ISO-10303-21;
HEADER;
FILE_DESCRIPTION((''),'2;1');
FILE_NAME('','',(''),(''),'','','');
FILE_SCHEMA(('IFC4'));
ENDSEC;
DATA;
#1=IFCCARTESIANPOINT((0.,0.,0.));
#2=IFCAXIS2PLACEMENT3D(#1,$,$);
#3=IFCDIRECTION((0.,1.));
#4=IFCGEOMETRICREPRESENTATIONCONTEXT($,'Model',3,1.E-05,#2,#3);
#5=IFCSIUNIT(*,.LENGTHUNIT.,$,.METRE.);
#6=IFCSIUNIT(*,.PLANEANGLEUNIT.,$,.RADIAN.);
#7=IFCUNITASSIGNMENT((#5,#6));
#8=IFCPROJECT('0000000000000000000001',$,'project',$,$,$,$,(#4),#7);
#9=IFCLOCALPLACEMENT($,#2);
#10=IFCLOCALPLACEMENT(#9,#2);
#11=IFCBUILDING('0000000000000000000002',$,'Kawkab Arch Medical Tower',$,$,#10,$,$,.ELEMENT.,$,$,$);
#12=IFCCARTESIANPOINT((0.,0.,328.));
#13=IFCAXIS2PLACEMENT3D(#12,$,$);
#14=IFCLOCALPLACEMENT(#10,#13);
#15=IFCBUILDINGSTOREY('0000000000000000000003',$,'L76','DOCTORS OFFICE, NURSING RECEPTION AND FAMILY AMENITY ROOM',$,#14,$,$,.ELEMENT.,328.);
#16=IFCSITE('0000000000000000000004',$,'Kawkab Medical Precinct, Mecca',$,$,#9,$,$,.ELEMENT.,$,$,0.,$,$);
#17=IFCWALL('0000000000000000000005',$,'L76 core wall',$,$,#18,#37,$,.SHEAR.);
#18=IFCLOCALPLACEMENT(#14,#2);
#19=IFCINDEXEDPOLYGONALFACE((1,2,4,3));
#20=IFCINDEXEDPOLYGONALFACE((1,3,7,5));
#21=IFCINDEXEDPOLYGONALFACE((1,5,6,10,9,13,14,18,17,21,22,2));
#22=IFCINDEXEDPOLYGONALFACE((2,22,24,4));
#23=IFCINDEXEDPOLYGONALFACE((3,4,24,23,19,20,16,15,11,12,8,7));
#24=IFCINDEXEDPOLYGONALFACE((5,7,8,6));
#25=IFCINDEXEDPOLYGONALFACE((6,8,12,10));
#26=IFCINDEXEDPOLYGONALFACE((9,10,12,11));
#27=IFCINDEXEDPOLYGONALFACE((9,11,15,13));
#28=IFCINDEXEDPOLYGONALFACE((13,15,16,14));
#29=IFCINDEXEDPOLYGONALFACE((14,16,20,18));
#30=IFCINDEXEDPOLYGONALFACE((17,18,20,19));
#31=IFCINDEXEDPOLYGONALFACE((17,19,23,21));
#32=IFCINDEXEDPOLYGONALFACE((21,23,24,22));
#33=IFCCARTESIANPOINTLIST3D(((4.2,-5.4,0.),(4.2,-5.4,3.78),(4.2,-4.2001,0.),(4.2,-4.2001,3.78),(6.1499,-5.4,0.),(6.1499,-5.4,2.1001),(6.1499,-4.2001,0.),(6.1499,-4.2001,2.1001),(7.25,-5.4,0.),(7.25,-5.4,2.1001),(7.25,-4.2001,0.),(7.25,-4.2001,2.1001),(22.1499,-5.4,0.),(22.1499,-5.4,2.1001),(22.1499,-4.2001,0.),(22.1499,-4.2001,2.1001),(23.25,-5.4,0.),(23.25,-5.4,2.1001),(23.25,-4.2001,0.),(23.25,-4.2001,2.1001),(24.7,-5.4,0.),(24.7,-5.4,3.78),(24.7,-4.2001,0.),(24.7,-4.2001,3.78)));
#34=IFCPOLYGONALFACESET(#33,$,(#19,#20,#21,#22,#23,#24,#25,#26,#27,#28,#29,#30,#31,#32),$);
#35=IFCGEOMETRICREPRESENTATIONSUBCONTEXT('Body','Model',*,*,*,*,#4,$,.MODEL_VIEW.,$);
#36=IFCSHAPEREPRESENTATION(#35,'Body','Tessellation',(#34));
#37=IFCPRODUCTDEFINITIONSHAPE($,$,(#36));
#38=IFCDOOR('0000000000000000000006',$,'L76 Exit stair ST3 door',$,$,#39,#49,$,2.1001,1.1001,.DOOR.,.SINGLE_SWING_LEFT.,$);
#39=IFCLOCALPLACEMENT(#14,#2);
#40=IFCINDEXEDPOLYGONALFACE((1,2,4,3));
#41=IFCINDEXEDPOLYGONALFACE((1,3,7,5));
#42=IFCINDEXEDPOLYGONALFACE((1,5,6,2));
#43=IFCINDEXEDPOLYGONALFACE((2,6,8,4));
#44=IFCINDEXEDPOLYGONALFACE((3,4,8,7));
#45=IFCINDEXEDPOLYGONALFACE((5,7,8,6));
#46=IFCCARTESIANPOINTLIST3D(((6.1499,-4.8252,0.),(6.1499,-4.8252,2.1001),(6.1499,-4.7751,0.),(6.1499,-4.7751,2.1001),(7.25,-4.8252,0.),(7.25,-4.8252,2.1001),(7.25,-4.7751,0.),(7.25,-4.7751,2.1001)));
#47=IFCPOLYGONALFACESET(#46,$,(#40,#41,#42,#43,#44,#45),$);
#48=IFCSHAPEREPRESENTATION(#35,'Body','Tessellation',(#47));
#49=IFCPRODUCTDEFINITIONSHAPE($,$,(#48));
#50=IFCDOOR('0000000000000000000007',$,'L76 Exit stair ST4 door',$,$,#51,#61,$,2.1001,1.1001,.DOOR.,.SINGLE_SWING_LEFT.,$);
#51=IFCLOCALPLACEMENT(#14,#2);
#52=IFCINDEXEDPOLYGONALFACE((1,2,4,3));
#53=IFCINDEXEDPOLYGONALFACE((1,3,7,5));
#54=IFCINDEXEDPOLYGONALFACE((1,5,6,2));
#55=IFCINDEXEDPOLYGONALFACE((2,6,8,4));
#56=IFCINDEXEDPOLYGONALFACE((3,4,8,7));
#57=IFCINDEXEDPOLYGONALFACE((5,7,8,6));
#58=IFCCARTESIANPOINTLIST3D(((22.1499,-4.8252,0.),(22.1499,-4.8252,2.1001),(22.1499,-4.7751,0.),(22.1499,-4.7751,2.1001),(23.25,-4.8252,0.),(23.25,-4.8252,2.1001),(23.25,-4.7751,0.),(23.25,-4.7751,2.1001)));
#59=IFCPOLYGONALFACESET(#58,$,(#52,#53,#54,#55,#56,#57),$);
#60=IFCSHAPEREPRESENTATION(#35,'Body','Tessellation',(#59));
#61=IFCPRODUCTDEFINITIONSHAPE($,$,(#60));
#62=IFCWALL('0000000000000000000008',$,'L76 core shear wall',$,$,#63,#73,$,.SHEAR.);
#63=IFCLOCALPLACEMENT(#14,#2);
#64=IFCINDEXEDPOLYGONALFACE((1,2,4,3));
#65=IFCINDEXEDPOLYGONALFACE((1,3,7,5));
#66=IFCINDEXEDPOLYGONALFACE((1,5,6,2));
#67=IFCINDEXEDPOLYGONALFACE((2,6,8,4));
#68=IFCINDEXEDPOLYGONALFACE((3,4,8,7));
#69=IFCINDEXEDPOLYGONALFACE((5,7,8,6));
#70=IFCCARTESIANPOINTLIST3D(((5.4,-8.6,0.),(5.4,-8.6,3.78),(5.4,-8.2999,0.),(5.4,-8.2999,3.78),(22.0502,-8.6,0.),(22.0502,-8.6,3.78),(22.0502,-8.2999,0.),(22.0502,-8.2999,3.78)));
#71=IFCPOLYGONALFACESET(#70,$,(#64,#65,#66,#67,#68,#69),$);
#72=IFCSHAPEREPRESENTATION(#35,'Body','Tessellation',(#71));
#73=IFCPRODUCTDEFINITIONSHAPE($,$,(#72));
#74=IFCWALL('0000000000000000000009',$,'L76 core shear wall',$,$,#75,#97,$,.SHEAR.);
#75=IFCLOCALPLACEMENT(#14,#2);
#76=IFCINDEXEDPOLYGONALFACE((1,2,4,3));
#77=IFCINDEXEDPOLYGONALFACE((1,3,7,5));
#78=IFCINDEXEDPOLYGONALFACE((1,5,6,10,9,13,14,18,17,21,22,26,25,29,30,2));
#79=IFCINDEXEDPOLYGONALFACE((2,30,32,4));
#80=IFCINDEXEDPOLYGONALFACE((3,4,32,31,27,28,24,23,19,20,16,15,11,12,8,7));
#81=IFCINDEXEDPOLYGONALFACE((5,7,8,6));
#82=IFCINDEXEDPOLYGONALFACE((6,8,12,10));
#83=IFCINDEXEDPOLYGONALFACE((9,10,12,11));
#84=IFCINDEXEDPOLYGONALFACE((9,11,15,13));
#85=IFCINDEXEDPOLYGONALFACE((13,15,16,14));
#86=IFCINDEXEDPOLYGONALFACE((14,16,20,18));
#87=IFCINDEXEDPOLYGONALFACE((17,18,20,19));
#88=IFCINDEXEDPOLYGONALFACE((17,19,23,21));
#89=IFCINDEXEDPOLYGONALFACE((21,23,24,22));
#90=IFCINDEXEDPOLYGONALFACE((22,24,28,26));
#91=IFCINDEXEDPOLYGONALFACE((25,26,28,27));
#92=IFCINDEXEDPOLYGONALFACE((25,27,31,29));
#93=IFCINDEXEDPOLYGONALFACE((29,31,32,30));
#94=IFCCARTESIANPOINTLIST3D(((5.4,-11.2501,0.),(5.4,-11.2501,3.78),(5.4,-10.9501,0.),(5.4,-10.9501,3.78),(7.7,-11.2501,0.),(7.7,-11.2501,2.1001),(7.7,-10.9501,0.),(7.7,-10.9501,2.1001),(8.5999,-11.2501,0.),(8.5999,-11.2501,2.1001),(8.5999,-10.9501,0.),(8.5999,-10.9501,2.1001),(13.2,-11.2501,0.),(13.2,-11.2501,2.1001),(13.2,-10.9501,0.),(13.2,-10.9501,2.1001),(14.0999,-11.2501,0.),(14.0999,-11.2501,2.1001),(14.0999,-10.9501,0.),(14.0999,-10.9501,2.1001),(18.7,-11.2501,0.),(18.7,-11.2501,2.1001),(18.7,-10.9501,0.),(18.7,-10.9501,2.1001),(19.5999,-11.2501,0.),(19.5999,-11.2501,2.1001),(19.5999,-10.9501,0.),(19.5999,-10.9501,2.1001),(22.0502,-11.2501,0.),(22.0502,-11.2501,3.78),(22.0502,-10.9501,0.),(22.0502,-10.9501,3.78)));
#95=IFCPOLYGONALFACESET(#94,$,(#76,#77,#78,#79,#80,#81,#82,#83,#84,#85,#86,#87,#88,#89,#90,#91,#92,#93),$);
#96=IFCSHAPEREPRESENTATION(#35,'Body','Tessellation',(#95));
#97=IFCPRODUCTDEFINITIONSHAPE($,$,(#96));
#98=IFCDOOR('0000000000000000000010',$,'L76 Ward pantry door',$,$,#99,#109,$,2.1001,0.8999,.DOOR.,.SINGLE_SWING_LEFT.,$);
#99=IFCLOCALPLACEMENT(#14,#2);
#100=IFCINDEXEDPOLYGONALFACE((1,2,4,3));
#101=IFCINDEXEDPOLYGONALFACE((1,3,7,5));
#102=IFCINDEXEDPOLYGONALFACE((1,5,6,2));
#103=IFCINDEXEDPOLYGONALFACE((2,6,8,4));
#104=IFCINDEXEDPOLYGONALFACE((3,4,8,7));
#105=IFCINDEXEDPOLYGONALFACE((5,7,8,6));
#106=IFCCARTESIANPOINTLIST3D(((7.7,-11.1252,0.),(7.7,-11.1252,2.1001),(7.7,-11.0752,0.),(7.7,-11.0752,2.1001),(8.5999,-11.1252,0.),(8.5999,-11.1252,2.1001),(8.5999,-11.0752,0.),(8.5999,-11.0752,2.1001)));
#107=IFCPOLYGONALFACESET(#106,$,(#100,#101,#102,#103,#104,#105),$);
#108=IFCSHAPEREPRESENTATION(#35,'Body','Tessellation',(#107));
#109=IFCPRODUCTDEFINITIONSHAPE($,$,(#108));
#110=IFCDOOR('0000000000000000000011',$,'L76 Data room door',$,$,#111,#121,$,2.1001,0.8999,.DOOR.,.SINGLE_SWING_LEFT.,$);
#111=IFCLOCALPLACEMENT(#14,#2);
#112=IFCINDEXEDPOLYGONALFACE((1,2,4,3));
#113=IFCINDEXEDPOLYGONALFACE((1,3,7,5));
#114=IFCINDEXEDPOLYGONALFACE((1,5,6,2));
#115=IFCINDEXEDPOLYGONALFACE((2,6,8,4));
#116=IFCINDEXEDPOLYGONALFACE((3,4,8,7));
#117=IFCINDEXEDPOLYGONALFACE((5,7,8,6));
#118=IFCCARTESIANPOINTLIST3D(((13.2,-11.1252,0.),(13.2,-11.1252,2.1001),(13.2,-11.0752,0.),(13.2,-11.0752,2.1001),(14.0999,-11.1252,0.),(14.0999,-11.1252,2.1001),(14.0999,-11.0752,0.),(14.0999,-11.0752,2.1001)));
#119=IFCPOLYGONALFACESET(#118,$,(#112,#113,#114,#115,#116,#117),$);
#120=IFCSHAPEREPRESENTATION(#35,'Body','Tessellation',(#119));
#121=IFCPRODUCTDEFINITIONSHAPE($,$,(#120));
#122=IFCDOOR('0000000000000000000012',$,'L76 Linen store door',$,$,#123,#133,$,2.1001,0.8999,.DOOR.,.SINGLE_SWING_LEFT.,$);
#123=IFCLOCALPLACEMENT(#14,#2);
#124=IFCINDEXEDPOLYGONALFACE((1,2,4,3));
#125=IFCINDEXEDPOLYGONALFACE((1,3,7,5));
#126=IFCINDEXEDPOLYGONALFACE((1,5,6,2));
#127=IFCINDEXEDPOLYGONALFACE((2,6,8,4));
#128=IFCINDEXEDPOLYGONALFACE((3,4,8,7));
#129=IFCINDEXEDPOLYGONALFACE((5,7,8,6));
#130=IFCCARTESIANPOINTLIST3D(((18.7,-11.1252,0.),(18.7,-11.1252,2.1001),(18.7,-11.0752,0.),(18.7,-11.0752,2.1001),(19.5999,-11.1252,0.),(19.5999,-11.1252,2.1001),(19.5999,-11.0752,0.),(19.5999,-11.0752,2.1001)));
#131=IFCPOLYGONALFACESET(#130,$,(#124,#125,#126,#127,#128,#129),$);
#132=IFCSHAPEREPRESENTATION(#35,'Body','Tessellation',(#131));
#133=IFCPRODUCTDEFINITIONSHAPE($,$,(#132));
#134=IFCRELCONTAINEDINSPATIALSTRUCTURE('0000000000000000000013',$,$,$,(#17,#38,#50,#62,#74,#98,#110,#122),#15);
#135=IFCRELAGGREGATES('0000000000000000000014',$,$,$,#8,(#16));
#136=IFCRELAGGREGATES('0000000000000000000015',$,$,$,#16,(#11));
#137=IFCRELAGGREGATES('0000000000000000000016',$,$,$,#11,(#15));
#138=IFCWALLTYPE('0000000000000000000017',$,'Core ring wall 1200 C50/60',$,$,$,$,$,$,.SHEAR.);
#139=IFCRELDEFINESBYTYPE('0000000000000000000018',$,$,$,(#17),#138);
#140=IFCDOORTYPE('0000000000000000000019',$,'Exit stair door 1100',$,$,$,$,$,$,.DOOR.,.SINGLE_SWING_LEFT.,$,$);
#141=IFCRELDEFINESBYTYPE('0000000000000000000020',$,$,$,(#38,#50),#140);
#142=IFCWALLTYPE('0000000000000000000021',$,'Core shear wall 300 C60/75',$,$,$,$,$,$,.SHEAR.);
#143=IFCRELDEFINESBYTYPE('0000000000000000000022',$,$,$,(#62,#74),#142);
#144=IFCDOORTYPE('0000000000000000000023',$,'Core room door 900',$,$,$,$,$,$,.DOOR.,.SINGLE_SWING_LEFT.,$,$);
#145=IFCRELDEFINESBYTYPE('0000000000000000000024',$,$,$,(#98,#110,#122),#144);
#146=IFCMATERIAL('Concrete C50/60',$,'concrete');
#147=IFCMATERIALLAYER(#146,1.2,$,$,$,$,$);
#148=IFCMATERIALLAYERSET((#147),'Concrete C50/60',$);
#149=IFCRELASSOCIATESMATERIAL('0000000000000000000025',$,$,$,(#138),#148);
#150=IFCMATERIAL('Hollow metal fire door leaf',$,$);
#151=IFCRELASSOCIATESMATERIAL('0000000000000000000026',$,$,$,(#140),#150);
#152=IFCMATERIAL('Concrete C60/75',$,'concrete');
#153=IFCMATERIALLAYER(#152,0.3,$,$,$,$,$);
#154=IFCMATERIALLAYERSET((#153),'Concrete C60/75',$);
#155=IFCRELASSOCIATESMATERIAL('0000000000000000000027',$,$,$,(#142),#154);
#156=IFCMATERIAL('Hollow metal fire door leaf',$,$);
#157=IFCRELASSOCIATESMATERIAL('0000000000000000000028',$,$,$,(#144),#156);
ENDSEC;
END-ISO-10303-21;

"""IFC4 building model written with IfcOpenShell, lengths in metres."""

from ifc_helpers import new_model, si_unit, direction, frame, frame_2d, origin, place, context, subcontext, project, spatial, rectangle, extrude, material, layer, layer_set, type_object, element, fill, save


model = new_model("IFC4")

# Units and contexts
model_context = context("Model", 3, precision=1e-05, world=origin(), true_north=direction((0.0, 1.0)))
body_context = subcontext(model_context, "Body", "Model", "MODEL_VIEW")
ifc_project = project(units=[si_unit("LENGTHUNIT", "METRE"), si_unit("PLANEANGLEUNIT", "RADIAN")], contexts=[model_context])

# Site, building, storey
site_placement = place(None, origin())
site = spatial("IfcSite", under=ifc_project, at=site_placement, Name="Kawkab Medical Precinct, Mecca", CompositionType="ELEMENT", RefElevation=0.0)
building_placement = place(site_placement, origin())
building = spatial("IfcBuilding", under=site, at=building_placement, Name="Kawkab Arch Medical Tower", CompositionType="ELEMENT")
storey_placement = place(building_placement, frame((0.0, 0.0, 328.0)))
storey = spatial("IfcBuildingStorey", under=building, at=storey_placement, Name="L76", Description="DOCTORS OFFICE, NURSING RECEPTION AND FAMILY AMENITY ROOM", CompositionType="ELEMENT", Elevation=328.0)

# Wall, openings, doors
ifc_material_1 = material(Name="Concrete C50/60", Category="concrete")
ifc_layer_1 = layer(ifc_material_1, 1.2)
ifc_layer_set_1 = layer_set([ifc_layer_1], Name="Concrete C50/60")
wall_type_1 = type_object("IfcWallType", Name="Core ring wall 1200 C50/60", PredefinedType="SHEAR", material=ifc_layer_set_1)
wall_1_placement = place(storey_placement, frame((4.2, -4.8, 0.0), z_axis=(0.0, 0.0, 1.0), x_axis=(1.0, 0.0, 0.0)))
wall_1 = element("IfcWall", 1, at=wall_1_placement, inside=storey, type_object=wall_type_1, Name="L76 core wall", PredefinedType="SHEAR", context=body_context, shape_type="SweptSolid", body=[
    extrude(rectangle(XDim=20.5, YDim=1.2, at=frame_2d((10.25, 0.0))), origin(), (0.0, 0.0, 1.0), 3.78),
])
opening_1_placement = place(wall_1_placement, frame((1.95, 0.0, 0.0)))
opening_1 = element("IfcOpeningElement", 2, at=opening_1_placement, cuts=wall_1, PredefinedType="OPENING", context=body_context, shape_type="SweptSolid", body=[
    extrude(rectangle(XDim=1.1001, YDim=2.1001, at=frame_2d((0.55, 1.05))), frame((0.0, 0.6099, 0.0), z_axis=(0.0, -1.0, 0.0), x_axis=(1.0, 0.0, 0.0)), (0.0, 0.0, 1.0), 1.22),
])
opening_2_placement = place(wall_1_placement, frame((17.95, 0.0, 0.0)))
opening_2 = element("IfcOpeningElement", 3, at=opening_2_placement, cuts=wall_1, PredefinedType="OPENING", context=body_context, shape_type="SweptSolid", body=[
    extrude(rectangle(XDim=1.1001, YDim=2.1001, at=frame_2d((0.55, 1.05))), frame((0.0, 0.6099, 0.0), z_axis=(0.0, -1.0, 0.0), x_axis=(1.0, 0.0, 0.0)), (0.0, 0.0, 1.0), 1.22),
])
ifc_material_2 = material(Name="Hollow metal fire door leaf")
door_type_1 = type_object("IfcDoorType", Name="Exit stair door 1100", OperationType="SINGLE_SWING_LEFT", PredefinedType="DOOR", material=ifc_material_2)
door_1_placement = place(opening_1_placement, origin())
door_1 = element("IfcDoor", 4, at=door_1_placement, inside=storey, type_object=door_type_1, Name="L76 Exit stair ST3 door", OperationType="SINGLE_SWING_LEFT", OverallHeight=2.1001, OverallWidth=1.1001, PredefinedType="DOOR", context=body_context, shape_type="SweptSolid", body=[
    extrude(rectangle(XDim=1.1001, YDim=2.1001, at=frame_2d((0.55, 1.05))), frame((0.0, 0.0249, 0.0), z_axis=(0.0, -1.0, 0.0), x_axis=(1.0, 0.0, 0.0)), (0.0, 0.0, 1.0), 0.05),
])
fill(opening_1, door_1)
door_2_placement = place(opening_2_placement, origin())
door_2 = element("IfcDoor", 5, at=door_2_placement, inside=storey, type_object=door_type_1, Name="L76 Exit stair ST4 door", OperationType="SINGLE_SWING_LEFT", OverallHeight=2.1001, OverallWidth=1.1001, PredefinedType="DOOR", context=body_context, shape_type="SweptSolid", body=[
    extrude(rectangle(XDim=1.1001, YDim=2.1001, at=frame_2d((0.55, 1.05))), frame((0.0, 0.0249, 0.0), z_axis=(0.0, -1.0, 0.0), x_axis=(1.0, 0.0, 0.0)), (0.0, 0.0, 1.0), 0.05),
])
fill(opening_2, door_2)

# Wall
ifc_material_3 = material(Name="Concrete C60/75", Category="concrete")
ifc_layer_2 = layer(ifc_material_3, 0.3)
ifc_layer_set_2 = layer_set([ifc_layer_2], Name="Concrete C60/75")
wall_type_2 = type_object("IfcWallType", Name="Core shear wall 300 C60/75", PredefinedType="SHEAR", material=ifc_layer_set_2)
wall_2_placement = place(storey_placement, frame((5.3999, -8.45, 0.0), z_axis=(0.0, 0.0, 1.0), x_axis=(1.0, 0.0, 0.0)))
element("IfcWall", 6, at=wall_2_placement, inside=storey, type_object=wall_type_2, Name="L76 core shear wall", PredefinedType="SHEAR", context=body_context, shape_type="SweptSolid", body=[
    extrude(rectangle(XDim=16.6501, YDim=0.3, at=frame_2d((8.3252, 0.0))), origin(), (0.0, 0.0, 1.0), 3.78),
])

# Wall, openings, doors
wall_3_placement = place(storey_placement, frame((5.3999, -11.1001, 0.0), z_axis=(0.0, 0.0, 1.0), x_axis=(1.0, 0.0, 0.0)))
wall_3 = element("IfcWall", 7, at=wall_3_placement, inside=storey, type_object=wall_type_2, Name="L76 core shear wall", PredefinedType="SHEAR", context=body_context, shape_type="SweptSolid", body=[
    extrude(rectangle(XDim=16.6501, YDim=0.3, at=frame_2d((8.3252, 0.0))), origin(), (0.0, 0.0, 1.0), 3.78),
])
opening_3_placement = place(wall_3_placement, frame((2.3, 0.0, 0.0)))
opening_3 = element("IfcOpeningElement", 8, at=opening_3_placement, cuts=wall_3, PredefinedType="OPENING", context=body_context, shape_type="SweptSolid", body=[
    extrude(rectangle(XDim=0.8999, YDim=2.1001, at=frame_2d((0.45, 1.05))), frame((0.0, 0.1599, 0.0), z_axis=(0.0, -1.0, 0.0), x_axis=(1.0, 0.0, 0.0)), (0.0, 0.0, 1.0), 0.3201),
])
opening_4_placement = place(wall_3_placement, frame((7.8, 0.0, 0.0)))
opening_4 = element("IfcOpeningElement", 9, at=opening_4_placement, cuts=wall_3, PredefinedType="OPENING", context=body_context, shape_type="SweptSolid", body=[
    extrude(rectangle(XDim=0.8999, YDim=2.1001, at=frame_2d((0.45, 1.05))), frame((0.0, 0.1599, 0.0), z_axis=(0.0, -1.0, 0.0), x_axis=(1.0, 0.0, 0.0)), (0.0, 0.0, 1.0), 0.3201),
])
opening_5_placement = place(wall_3_placement, frame((13.3, 0.0, 0.0)))
opening_5 = element("IfcOpeningElement", 10, at=opening_5_placement, cuts=wall_3, PredefinedType="OPENING", context=body_context, shape_type="SweptSolid", body=[
    extrude(rectangle(XDim=0.8999, YDim=2.1001, at=frame_2d((0.45, 1.05))), frame((0.0, 0.1599, 0.0), z_axis=(0.0, -1.0, 0.0), x_axis=(1.0, 0.0, 0.0)), (0.0, 0.0, 1.0), 0.3201),
])
ifc_material_4 = material(Name="Hollow metal fire door leaf")
door_type_2 = type_object("IfcDoorType", Name="Core room door 900", OperationType="SINGLE_SWING_LEFT", PredefinedType="DOOR", material=ifc_material_4)
door_3_placement = place(opening_3_placement, origin())
door_3 = element("IfcDoor", 11, at=door_3_placement, inside=storey, type_object=door_type_2, Name="L76 Ward pantry door", OperationType="SINGLE_SWING_LEFT", OverallHeight=2.1001, OverallWidth=0.8999, PredefinedType="DOOR", context=body_context, shape_type="SweptSolid", body=[
    extrude(rectangle(XDim=0.8999, YDim=2.1001, at=frame_2d((0.45, 1.05))), frame((0.0, 0.0249, 0.0), z_axis=(0.0, -1.0, 0.0), x_axis=(1.0, 0.0, 0.0)), (0.0, 0.0, 1.0), 0.05),
])
fill(opening_3, door_3)
door_4_placement = place(opening_4_placement, origin())
door_4 = element("IfcDoor", 12, at=door_4_placement, inside=storey, type_object=door_type_2, Name="L76 Data room door", OperationType="SINGLE_SWING_LEFT", OverallHeight=2.1001, OverallWidth=0.8999, PredefinedType="DOOR", context=body_context, shape_type="SweptSolid", body=[
    extrude(rectangle(XDim=0.8999, YDim=2.1001, at=frame_2d((0.45, 1.05))), frame((0.0, 0.0249, 0.0), z_axis=(0.0, -1.0, 0.0), x_axis=(1.0, 0.0, 0.0)), (0.0, 0.0, 1.0), 0.05),
])
fill(opening_4, door_4)
door_5_placement = place(opening_5_placement, origin())
door_5 = element("IfcDoor", 13, at=door_5_placement, inside=storey, type_object=door_type_2, Name="L76 Linen store door", OperationType="SINGLE_SWING_LEFT", OverallHeight=2.1001, OverallWidth=0.8999, PredefinedType="DOOR", context=body_context, shape_type="SweptSolid", body=[
    extrude(rectangle(XDim=0.8999, YDim=2.1001, at=frame_2d((0.45, 1.05))), frame((0.0, 0.0249, 0.0), z_axis=(0.0, -1.0, 0.0), x_axis=(1.0, 0.0, 0.0)), (0.0, 0.0, 1.0), 0.05),
])
fill(opening_5, door_5)

save(model, "model.ifc")
